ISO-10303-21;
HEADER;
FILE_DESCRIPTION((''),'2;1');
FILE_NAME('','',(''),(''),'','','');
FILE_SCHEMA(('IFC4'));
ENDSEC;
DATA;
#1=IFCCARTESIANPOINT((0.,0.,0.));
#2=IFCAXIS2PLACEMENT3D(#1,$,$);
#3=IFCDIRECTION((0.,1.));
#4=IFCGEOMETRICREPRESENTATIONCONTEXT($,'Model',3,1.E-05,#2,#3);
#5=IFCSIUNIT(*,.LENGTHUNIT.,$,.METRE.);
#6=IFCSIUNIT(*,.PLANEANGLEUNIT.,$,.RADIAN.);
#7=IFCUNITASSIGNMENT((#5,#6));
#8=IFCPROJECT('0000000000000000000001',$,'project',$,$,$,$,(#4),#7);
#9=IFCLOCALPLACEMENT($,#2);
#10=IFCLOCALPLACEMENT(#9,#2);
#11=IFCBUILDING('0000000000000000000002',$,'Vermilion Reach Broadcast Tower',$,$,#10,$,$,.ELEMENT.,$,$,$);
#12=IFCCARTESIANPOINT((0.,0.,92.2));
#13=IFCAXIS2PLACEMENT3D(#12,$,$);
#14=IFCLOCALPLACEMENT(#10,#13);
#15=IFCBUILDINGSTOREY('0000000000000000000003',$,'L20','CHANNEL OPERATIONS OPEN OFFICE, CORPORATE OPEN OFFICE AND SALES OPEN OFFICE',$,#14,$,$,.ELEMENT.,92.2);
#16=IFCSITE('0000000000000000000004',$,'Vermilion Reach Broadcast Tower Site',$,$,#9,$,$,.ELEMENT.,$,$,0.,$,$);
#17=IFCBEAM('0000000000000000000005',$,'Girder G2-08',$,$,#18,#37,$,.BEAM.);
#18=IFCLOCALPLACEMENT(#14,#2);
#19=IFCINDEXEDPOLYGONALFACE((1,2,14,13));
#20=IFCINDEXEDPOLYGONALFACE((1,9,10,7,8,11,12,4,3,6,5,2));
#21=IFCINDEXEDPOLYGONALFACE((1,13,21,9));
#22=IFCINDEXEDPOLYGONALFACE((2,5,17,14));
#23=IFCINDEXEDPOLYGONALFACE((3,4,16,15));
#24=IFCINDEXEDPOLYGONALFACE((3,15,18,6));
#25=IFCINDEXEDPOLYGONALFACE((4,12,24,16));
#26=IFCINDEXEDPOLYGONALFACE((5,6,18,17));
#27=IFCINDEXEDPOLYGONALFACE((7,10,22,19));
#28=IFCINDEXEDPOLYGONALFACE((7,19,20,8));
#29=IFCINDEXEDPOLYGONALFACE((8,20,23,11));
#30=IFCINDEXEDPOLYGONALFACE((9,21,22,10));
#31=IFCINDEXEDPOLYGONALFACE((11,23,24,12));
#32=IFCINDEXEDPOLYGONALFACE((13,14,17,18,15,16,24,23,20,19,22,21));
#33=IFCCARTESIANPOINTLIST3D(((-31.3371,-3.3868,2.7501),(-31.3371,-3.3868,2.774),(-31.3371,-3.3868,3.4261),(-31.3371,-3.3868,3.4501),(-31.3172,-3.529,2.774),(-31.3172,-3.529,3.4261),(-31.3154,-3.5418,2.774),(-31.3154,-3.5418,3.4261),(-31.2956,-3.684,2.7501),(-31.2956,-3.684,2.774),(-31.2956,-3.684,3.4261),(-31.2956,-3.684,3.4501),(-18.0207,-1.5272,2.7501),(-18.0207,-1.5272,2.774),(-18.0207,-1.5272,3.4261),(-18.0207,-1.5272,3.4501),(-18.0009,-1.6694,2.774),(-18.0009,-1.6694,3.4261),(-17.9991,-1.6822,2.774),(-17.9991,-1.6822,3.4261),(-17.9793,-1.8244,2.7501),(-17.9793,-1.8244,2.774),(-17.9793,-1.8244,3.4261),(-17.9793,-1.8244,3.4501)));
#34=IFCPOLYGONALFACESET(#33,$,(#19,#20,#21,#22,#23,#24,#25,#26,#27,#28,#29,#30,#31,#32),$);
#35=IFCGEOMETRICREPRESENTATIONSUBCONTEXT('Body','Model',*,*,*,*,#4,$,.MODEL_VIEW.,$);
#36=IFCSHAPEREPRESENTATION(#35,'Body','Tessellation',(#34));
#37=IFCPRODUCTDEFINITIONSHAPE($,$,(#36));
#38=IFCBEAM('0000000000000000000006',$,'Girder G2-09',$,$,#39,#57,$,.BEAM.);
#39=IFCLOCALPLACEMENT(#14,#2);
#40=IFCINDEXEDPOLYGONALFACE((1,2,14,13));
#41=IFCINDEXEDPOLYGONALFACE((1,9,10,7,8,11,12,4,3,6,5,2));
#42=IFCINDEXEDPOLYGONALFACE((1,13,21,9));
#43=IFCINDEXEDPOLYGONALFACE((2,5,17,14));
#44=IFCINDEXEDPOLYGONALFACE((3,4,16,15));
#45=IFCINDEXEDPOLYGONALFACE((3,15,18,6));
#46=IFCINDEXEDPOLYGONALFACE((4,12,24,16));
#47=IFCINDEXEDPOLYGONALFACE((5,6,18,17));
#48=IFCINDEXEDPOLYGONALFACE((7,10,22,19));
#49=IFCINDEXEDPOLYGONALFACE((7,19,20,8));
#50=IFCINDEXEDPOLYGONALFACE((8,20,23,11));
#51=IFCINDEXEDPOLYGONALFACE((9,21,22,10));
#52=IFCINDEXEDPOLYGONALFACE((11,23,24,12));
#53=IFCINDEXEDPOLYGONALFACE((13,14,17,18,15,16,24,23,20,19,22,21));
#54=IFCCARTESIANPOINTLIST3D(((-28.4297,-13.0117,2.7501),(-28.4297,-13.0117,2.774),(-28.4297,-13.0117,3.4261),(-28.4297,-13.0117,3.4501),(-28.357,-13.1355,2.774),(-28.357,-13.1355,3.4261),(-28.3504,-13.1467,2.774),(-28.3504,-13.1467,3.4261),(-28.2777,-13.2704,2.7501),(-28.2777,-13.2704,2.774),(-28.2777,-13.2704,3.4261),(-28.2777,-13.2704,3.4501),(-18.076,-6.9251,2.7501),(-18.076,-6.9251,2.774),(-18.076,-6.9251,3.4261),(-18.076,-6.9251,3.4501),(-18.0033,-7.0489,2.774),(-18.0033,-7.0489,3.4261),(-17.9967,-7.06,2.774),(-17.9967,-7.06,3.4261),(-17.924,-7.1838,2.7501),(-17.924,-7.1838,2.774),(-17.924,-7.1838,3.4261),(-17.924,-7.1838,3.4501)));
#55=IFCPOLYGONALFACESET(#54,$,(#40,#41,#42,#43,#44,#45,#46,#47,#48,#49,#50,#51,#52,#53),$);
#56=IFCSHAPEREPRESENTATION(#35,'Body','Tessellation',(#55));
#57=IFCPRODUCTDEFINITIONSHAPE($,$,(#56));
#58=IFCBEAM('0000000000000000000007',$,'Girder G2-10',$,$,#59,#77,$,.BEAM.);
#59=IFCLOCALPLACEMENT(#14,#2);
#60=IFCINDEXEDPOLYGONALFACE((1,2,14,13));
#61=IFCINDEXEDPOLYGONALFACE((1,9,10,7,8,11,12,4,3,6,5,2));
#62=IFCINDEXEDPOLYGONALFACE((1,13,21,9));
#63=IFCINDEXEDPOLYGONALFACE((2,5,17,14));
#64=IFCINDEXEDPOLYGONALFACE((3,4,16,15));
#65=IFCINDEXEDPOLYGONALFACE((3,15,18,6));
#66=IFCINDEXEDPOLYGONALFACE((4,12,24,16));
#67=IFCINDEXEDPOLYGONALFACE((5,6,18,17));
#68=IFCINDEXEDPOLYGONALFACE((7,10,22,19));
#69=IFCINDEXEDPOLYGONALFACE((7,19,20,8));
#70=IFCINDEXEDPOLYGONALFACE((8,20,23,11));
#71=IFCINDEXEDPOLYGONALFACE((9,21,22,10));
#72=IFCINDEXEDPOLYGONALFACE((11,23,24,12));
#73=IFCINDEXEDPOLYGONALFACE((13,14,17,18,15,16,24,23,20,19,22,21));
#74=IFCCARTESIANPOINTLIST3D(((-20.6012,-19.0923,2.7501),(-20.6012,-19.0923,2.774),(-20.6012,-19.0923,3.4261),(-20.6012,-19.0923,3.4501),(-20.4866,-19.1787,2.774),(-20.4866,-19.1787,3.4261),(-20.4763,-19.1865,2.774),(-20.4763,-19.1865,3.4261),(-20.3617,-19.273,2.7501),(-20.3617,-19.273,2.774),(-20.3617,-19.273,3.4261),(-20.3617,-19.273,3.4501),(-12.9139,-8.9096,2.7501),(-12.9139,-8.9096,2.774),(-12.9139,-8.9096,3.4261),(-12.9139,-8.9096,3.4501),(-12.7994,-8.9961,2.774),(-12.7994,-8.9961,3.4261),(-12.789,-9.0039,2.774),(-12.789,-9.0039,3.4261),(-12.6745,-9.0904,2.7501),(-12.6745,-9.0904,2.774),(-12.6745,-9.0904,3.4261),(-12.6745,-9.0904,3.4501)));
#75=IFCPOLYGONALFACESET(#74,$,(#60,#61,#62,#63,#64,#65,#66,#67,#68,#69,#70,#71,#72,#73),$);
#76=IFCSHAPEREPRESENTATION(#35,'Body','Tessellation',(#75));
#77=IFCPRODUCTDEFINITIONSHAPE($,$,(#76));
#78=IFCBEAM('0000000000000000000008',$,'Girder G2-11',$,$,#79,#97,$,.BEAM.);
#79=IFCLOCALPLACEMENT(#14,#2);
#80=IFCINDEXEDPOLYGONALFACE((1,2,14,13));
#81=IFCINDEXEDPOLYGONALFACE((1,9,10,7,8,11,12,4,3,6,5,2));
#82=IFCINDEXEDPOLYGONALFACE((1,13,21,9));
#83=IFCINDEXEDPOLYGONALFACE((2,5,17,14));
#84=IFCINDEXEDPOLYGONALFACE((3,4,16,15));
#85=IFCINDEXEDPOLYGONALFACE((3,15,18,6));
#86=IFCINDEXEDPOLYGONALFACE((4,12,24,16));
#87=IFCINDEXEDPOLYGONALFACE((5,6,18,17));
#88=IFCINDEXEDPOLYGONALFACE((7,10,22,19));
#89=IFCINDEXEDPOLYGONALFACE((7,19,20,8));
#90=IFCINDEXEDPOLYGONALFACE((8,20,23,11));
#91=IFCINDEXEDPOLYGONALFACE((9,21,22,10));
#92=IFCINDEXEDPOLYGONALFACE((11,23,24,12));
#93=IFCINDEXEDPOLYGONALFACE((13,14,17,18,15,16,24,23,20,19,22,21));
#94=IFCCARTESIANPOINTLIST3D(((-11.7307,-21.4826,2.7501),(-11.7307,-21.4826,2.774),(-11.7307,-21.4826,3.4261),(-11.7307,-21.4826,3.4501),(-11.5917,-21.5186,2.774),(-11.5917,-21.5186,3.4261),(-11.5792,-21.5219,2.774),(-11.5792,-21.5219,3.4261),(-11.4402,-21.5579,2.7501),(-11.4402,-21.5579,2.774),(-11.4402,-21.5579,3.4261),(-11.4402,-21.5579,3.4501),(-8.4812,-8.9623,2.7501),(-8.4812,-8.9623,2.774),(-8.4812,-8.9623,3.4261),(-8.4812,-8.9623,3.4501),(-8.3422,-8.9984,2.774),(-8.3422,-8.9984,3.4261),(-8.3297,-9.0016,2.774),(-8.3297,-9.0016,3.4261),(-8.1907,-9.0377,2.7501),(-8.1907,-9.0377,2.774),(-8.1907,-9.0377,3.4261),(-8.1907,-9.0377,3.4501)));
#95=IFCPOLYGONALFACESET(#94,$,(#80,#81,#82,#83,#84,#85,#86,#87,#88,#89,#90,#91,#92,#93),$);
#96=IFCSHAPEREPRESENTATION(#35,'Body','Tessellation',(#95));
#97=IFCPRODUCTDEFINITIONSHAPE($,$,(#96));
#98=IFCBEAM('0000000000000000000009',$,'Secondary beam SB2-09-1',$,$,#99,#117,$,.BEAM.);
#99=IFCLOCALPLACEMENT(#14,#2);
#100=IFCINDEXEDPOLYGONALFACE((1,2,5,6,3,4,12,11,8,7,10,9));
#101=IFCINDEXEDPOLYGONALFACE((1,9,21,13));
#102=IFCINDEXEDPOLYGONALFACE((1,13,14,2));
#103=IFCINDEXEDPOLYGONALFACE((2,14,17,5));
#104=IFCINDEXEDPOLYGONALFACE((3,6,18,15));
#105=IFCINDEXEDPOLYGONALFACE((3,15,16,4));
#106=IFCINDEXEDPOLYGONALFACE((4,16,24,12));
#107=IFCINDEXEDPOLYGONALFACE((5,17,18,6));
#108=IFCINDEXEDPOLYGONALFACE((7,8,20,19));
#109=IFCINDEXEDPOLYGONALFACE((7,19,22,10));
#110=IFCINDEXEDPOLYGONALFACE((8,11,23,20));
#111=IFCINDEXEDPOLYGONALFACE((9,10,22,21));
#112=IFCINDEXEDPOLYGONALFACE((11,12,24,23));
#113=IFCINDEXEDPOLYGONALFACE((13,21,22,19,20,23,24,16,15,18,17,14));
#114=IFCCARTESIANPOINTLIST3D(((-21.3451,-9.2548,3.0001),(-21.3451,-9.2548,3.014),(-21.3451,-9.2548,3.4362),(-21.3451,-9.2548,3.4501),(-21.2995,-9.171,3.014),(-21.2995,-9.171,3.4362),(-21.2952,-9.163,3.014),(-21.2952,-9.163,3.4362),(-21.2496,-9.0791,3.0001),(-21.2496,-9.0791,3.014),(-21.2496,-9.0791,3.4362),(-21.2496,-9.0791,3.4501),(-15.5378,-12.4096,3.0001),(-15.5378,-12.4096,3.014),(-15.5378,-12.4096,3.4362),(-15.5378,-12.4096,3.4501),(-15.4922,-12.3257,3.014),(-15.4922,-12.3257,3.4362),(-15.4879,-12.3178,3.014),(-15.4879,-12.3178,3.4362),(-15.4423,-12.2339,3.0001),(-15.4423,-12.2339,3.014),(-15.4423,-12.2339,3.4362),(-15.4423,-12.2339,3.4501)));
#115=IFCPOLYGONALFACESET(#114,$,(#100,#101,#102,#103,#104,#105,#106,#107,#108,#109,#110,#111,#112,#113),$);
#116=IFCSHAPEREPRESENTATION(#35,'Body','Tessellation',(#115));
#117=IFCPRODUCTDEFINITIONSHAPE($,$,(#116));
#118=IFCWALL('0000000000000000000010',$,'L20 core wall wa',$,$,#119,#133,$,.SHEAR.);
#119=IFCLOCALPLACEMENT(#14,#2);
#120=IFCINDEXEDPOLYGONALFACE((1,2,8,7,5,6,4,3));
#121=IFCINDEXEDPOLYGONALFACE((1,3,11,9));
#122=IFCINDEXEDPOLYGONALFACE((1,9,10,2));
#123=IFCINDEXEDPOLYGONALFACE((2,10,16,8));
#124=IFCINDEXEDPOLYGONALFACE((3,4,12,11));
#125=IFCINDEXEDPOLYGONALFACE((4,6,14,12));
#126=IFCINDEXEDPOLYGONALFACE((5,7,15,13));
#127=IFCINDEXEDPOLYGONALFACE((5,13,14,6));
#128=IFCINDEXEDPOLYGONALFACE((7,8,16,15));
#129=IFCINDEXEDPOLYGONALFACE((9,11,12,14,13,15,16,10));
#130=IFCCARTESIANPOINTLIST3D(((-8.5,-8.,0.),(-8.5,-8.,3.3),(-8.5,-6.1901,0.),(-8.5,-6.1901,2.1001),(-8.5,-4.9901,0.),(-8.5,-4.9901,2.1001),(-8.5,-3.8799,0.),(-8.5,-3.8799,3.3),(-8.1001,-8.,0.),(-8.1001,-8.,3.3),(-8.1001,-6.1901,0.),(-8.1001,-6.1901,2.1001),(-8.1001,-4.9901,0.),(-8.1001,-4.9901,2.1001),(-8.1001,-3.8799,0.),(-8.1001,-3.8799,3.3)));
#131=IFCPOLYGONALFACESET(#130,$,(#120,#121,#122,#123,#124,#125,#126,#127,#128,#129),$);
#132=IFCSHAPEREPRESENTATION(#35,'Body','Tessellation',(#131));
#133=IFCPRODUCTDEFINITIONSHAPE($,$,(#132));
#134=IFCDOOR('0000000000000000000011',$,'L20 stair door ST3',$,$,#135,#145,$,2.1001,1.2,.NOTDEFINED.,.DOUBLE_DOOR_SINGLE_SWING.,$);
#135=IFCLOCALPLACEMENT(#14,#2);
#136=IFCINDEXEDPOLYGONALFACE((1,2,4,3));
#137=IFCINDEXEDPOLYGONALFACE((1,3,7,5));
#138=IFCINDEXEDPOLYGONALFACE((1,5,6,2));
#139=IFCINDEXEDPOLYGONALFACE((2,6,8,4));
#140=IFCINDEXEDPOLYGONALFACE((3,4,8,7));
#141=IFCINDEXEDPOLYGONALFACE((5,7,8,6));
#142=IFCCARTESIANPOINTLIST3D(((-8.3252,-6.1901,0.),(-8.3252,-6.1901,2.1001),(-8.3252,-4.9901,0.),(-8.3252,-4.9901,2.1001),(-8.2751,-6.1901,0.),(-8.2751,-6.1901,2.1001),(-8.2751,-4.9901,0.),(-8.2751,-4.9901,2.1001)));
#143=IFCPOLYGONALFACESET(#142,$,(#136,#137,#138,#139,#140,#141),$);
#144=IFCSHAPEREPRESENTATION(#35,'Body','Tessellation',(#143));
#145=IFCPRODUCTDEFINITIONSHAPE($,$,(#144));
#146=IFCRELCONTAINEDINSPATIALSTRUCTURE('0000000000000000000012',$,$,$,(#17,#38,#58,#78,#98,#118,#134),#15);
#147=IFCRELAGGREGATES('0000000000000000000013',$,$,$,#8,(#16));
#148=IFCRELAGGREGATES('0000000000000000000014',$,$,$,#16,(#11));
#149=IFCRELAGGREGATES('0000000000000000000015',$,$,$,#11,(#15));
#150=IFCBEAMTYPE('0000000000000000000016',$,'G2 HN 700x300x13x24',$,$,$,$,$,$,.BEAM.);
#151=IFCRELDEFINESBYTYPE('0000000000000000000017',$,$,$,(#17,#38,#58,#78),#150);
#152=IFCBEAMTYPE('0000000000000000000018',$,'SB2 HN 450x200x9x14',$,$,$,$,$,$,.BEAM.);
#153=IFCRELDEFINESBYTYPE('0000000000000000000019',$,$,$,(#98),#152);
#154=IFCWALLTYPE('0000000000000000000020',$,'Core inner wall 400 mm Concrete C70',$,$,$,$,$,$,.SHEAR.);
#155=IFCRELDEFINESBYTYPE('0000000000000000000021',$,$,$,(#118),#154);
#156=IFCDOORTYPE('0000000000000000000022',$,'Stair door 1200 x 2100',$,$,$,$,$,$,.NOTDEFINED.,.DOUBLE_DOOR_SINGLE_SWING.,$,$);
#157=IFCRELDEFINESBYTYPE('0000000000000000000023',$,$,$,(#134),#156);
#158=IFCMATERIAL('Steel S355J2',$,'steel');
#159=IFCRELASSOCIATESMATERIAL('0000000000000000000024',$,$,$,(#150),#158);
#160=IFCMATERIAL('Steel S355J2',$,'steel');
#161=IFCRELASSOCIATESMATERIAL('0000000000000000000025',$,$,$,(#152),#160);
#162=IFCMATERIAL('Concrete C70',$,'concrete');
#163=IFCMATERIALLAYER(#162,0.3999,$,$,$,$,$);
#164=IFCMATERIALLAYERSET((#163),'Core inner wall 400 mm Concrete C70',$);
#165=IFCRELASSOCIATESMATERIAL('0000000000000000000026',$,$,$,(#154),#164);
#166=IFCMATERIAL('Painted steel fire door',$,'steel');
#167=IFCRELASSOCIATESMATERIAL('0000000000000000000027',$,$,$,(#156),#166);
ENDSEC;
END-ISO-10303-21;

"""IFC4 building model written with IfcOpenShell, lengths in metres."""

from ifc_helpers import new_model, si_unit, direction, frame, frame_2d, origin, origin_2d, place, context, subcontext, project, spatial, rectangle, i_section, extrude, material, layer, layer_set, material_profile, profile_set, type_object, element, fill, save


model = new_model("IFC4")

# Units and contexts
model_context = context("Model", 3, precision=1e-05, world=origin(), true_north=direction((0.0, 1.0)))
body_context = subcontext(model_context, "Body", "Model", "MODEL_VIEW")
ifc_project = project(units=[si_unit("LENGTHUNIT", "METRE"), si_unit("PLANEANGLEUNIT", "RADIAN")], contexts=[model_context])

# Site, building, storey
site_placement = place(None, origin())
site = spatial("IfcSite", under=ifc_project, at=site_placement, Name="Vermilion Reach Broadcast Tower Site", CompositionType="ELEMENT", RefElevation=0.0)
building_placement = place(site_placement, origin())
building = spatial("IfcBuilding", under=site, at=building_placement, Name="Vermilion Reach Broadcast Tower", CompositionType="ELEMENT")
storey_placement = place(building_placement, frame((0.0, 0.0, 92.2)))
storey = spatial("IfcBuildingStorey", under=building, at=storey_placement, Name="L20", Description="CHANNEL OPERATIONS OPEN OFFICE, CORPORATE OPEN OFFICE AND SALES OPEN OFFICE", CompositionType="ELEMENT", Elevation=92.2)

# Beams
ifc_material_1 = material(Name="Steel S355J2", Category="steel")
ifc_material_profile_1 = material_profile(ifc_material_1, i_section(OverallWidth=0.3, OverallDepth=0.7, WebThickness=0.0129, FlangeThickness=0.0239, at=origin_2d()), Name="S355J2 HN 700x300x13x24")
ifc_profile_set_1 = profile_set([ifc_material_profile_1], Name="Steel S355J2")
beam_type_1 = type_object("IfcBeamType", Name="G2 HN 700x300x13x24", PredefinedType="BEAM", material=ifc_profile_set_1)
beam_1_placement = place(storey_placement, frame((-18.0, -1.6758, 3.1001), z_axis=(-0.990389, -0.138307, 0.0), x_axis=(0.138307, -0.990389, 0.0)))
element("IfcBeam", 1, at=beam_1_placement, inside=storey, type_object=beam_type_1, Name="Girder G2-08", PredefinedType="BEAM", context=body_context, shape_type="SweptSolid", body=[
    extrude(i_section(OverallWidth=0.3, OverallDepth=0.7, WebThickness=0.0129, FlangeThickness=0.0239, at=origin_2d()), origin(), (0.0, 0.0, 1.0), 13.4456),
])
beam_2_placement = place(storey_placement, frame((-18.0, -7.0544, 3.1001), z_axis=(-0.862072, -0.506786, 0.0), x_axis=(0.506786, -0.862072, 0.0)))
element("IfcBeam", 2, at=beam_2_placement, inside=storey, type_object=beam_type_1, Name="Girder G2-09", PredefinedType="BEAM", context=body_context, shape_type="SweptSolid", body=[
    extrude(i_section(OverallWidth=0.3, OverallDepth=0.7, WebThickness=0.0129, FlangeThickness=0.0239, at=origin_2d()), origin(), (0.0, 0.0, 1.0), 12.0103),
])
beam_3_placement = place(storey_placement, frame((-12.7942, -9.0, 3.1001), z_axis=(-0.60252, -0.798104, 0.0), x_axis=(0.798104, -0.60252, 0.0)))
element("IfcBeam", 3, at=beam_3_placement, inside=storey, type_object=beam_type_1, Name="Girder G2-10", PredefinedType="BEAM", context=body_context, shape_type="SweptSolid", body=[
    extrude(i_section(OverallWidth=0.3, OverallDepth=0.7, WebThickness=0.0129, FlangeThickness=0.0239, at=origin_2d()), origin(), (0.0, 0.0, 1.0), 12.7585),
])
beam_4_placement = place(storey_placement, frame((-8.3359, -9.0, 3.1001), z_axis=(-0.251217, -0.967931, 0.0), x_axis=(0.967931, -0.251217, 0.0)))
element("IfcBeam", 4, at=beam_4_placement, inside=storey, type_object=beam_type_1, Name="Girder G2-11", PredefinedType="BEAM", context=body_context, shape_type="SweptSolid", body=[
    extrude(i_section(OverallWidth=0.3, OverallDepth=0.7, WebThickness=0.0129, FlangeThickness=0.0239, at=origin_2d()), origin(), (0.0, 0.0, 1.0), 12.9351),
])
ifc_material_2 = material(Name="Steel S355J2", Category="steel")
ifc_material_profile_2 = material_profile(ifc_material_2, i_section(OverallWidth=0.2, OverallDepth=0.45, WebThickness=0.009, FlangeThickness=0.0139, at=origin_2d()), Name="S355J2 HN 450x200x9x14")
ifc_profile_set_2 = profile_set([ifc_material_profile_2], Name="Steel S355J2")
beam_type_2 = type_object("IfcBeamType", Name="SB2 HN 450x200x9x14", PredefinedType="BEAM", material=ifc_profile_set_2)
beam_5_placement = place(storey_placement, frame((-21.2974, -9.167, 3.2251), z_axis=(0.878713, -0.47735, 0.0), x_axis=(0.47735, 0.878713, 0.0)))
element("IfcBeam", 5, at=beam_5_placement, inside=storey, type_object=beam_type_2, Name="Secondary beam SB2-09-1", PredefinedType="BEAM", context=body_context, shape_type="SweptSolid", body=[
    extrude(i_section(OverallWidth=0.2, OverallDepth=0.45, WebThickness=0.009, FlangeThickness=0.0139, at=origin_2d()), origin(), (0.0, 0.0, 1.0), 6.6089),
])

# Wall, opening, door
ifc_material_3 = material(Name="Concrete C70", Category="concrete")
ifc_layer_1 = layer(ifc_material_3, 0.3999)
ifc_layer_set_1 = layer_set([ifc_layer_1], Name="Core inner wall 400 mm Concrete C70")
wall_type_1 = type_object("IfcWallType", Name="Core inner wall 400 mm Concrete C70", PredefinedType="SHEAR", material=ifc_layer_set_1)
wall_1_placement = place(storey_placement, frame((-8.3, -3.8799, 0.0), z_axis=(0.0, 0.0, 1.0), x_axis=(0.0, -1.0, 0.0)))
wall_1 = element("IfcWall", 6, at=wall_1_placement, inside=storey, type_object=wall_type_1, Name="L20 core wall wa", PredefinedType="SHEAR", context=body_context, shape_type="SweptSolid", body=[
    extrude(rectangle(XDim=4.1201, YDim=0.3999, at=frame_2d((2.0601, 0.0))), origin(), (0.0, 0.0, 1.0), 3.3),
])
opening_1_placement = place(wall_1_placement, frame((1.1101, 0.0, 0.0)))
opening_1 = element("IfcOpeningElement", 7, at=opening_1_placement, cuts=wall_1, PredefinedType="OPENING", context=body_context, shape_type="SweptSolid", body=[
    extrude(rectangle(XDim=1.2, YDim=2.1001, at=frame_2d((0.6001, 1.05))), frame((0.0, 0.21, 0.0), z_axis=(0.0, -1.0, 0.0), x_axis=(1.0, 0.0, 0.0)), (0.0, 0.0, 1.0), 0.4199),
])
ifc_material_4 = material(Name="Painted steel fire door", Category="steel")
door_type_1 = type_object("IfcDoorType", Name="Stair door 1200 x 2100", OperationType="DOUBLE_DOOR_SINGLE_SWING", PredefinedType="NOTDEFINED", material=ifc_material_4)
door_1_placement = place(opening_1_placement, origin())
door_1 = element("IfcDoor", 8, at=door_1_placement, inside=storey, type_object=door_type_1, Name="L20 stair door ST3", OperationType="DOUBLE_DOOR_SINGLE_SWING", OverallHeight=2.1001, OverallWidth=1.2, PredefinedType="NOTDEFINED", context=body_context, shape_type="SweptSolid", body=[
    extrude(rectangle(XDim=1.2, YDim=2.1001, at=frame_2d((0.6001, 1.05))), frame((0.0, 0.0249, 0.0), z_axis=(0.0, -1.0, 0.0), x_axis=(1.0, 0.0, 0.0)), (0.0, 0.0, 1.0), 0.05),
])
fill(opening_1, door_1)

save(model, "model.ifc")
